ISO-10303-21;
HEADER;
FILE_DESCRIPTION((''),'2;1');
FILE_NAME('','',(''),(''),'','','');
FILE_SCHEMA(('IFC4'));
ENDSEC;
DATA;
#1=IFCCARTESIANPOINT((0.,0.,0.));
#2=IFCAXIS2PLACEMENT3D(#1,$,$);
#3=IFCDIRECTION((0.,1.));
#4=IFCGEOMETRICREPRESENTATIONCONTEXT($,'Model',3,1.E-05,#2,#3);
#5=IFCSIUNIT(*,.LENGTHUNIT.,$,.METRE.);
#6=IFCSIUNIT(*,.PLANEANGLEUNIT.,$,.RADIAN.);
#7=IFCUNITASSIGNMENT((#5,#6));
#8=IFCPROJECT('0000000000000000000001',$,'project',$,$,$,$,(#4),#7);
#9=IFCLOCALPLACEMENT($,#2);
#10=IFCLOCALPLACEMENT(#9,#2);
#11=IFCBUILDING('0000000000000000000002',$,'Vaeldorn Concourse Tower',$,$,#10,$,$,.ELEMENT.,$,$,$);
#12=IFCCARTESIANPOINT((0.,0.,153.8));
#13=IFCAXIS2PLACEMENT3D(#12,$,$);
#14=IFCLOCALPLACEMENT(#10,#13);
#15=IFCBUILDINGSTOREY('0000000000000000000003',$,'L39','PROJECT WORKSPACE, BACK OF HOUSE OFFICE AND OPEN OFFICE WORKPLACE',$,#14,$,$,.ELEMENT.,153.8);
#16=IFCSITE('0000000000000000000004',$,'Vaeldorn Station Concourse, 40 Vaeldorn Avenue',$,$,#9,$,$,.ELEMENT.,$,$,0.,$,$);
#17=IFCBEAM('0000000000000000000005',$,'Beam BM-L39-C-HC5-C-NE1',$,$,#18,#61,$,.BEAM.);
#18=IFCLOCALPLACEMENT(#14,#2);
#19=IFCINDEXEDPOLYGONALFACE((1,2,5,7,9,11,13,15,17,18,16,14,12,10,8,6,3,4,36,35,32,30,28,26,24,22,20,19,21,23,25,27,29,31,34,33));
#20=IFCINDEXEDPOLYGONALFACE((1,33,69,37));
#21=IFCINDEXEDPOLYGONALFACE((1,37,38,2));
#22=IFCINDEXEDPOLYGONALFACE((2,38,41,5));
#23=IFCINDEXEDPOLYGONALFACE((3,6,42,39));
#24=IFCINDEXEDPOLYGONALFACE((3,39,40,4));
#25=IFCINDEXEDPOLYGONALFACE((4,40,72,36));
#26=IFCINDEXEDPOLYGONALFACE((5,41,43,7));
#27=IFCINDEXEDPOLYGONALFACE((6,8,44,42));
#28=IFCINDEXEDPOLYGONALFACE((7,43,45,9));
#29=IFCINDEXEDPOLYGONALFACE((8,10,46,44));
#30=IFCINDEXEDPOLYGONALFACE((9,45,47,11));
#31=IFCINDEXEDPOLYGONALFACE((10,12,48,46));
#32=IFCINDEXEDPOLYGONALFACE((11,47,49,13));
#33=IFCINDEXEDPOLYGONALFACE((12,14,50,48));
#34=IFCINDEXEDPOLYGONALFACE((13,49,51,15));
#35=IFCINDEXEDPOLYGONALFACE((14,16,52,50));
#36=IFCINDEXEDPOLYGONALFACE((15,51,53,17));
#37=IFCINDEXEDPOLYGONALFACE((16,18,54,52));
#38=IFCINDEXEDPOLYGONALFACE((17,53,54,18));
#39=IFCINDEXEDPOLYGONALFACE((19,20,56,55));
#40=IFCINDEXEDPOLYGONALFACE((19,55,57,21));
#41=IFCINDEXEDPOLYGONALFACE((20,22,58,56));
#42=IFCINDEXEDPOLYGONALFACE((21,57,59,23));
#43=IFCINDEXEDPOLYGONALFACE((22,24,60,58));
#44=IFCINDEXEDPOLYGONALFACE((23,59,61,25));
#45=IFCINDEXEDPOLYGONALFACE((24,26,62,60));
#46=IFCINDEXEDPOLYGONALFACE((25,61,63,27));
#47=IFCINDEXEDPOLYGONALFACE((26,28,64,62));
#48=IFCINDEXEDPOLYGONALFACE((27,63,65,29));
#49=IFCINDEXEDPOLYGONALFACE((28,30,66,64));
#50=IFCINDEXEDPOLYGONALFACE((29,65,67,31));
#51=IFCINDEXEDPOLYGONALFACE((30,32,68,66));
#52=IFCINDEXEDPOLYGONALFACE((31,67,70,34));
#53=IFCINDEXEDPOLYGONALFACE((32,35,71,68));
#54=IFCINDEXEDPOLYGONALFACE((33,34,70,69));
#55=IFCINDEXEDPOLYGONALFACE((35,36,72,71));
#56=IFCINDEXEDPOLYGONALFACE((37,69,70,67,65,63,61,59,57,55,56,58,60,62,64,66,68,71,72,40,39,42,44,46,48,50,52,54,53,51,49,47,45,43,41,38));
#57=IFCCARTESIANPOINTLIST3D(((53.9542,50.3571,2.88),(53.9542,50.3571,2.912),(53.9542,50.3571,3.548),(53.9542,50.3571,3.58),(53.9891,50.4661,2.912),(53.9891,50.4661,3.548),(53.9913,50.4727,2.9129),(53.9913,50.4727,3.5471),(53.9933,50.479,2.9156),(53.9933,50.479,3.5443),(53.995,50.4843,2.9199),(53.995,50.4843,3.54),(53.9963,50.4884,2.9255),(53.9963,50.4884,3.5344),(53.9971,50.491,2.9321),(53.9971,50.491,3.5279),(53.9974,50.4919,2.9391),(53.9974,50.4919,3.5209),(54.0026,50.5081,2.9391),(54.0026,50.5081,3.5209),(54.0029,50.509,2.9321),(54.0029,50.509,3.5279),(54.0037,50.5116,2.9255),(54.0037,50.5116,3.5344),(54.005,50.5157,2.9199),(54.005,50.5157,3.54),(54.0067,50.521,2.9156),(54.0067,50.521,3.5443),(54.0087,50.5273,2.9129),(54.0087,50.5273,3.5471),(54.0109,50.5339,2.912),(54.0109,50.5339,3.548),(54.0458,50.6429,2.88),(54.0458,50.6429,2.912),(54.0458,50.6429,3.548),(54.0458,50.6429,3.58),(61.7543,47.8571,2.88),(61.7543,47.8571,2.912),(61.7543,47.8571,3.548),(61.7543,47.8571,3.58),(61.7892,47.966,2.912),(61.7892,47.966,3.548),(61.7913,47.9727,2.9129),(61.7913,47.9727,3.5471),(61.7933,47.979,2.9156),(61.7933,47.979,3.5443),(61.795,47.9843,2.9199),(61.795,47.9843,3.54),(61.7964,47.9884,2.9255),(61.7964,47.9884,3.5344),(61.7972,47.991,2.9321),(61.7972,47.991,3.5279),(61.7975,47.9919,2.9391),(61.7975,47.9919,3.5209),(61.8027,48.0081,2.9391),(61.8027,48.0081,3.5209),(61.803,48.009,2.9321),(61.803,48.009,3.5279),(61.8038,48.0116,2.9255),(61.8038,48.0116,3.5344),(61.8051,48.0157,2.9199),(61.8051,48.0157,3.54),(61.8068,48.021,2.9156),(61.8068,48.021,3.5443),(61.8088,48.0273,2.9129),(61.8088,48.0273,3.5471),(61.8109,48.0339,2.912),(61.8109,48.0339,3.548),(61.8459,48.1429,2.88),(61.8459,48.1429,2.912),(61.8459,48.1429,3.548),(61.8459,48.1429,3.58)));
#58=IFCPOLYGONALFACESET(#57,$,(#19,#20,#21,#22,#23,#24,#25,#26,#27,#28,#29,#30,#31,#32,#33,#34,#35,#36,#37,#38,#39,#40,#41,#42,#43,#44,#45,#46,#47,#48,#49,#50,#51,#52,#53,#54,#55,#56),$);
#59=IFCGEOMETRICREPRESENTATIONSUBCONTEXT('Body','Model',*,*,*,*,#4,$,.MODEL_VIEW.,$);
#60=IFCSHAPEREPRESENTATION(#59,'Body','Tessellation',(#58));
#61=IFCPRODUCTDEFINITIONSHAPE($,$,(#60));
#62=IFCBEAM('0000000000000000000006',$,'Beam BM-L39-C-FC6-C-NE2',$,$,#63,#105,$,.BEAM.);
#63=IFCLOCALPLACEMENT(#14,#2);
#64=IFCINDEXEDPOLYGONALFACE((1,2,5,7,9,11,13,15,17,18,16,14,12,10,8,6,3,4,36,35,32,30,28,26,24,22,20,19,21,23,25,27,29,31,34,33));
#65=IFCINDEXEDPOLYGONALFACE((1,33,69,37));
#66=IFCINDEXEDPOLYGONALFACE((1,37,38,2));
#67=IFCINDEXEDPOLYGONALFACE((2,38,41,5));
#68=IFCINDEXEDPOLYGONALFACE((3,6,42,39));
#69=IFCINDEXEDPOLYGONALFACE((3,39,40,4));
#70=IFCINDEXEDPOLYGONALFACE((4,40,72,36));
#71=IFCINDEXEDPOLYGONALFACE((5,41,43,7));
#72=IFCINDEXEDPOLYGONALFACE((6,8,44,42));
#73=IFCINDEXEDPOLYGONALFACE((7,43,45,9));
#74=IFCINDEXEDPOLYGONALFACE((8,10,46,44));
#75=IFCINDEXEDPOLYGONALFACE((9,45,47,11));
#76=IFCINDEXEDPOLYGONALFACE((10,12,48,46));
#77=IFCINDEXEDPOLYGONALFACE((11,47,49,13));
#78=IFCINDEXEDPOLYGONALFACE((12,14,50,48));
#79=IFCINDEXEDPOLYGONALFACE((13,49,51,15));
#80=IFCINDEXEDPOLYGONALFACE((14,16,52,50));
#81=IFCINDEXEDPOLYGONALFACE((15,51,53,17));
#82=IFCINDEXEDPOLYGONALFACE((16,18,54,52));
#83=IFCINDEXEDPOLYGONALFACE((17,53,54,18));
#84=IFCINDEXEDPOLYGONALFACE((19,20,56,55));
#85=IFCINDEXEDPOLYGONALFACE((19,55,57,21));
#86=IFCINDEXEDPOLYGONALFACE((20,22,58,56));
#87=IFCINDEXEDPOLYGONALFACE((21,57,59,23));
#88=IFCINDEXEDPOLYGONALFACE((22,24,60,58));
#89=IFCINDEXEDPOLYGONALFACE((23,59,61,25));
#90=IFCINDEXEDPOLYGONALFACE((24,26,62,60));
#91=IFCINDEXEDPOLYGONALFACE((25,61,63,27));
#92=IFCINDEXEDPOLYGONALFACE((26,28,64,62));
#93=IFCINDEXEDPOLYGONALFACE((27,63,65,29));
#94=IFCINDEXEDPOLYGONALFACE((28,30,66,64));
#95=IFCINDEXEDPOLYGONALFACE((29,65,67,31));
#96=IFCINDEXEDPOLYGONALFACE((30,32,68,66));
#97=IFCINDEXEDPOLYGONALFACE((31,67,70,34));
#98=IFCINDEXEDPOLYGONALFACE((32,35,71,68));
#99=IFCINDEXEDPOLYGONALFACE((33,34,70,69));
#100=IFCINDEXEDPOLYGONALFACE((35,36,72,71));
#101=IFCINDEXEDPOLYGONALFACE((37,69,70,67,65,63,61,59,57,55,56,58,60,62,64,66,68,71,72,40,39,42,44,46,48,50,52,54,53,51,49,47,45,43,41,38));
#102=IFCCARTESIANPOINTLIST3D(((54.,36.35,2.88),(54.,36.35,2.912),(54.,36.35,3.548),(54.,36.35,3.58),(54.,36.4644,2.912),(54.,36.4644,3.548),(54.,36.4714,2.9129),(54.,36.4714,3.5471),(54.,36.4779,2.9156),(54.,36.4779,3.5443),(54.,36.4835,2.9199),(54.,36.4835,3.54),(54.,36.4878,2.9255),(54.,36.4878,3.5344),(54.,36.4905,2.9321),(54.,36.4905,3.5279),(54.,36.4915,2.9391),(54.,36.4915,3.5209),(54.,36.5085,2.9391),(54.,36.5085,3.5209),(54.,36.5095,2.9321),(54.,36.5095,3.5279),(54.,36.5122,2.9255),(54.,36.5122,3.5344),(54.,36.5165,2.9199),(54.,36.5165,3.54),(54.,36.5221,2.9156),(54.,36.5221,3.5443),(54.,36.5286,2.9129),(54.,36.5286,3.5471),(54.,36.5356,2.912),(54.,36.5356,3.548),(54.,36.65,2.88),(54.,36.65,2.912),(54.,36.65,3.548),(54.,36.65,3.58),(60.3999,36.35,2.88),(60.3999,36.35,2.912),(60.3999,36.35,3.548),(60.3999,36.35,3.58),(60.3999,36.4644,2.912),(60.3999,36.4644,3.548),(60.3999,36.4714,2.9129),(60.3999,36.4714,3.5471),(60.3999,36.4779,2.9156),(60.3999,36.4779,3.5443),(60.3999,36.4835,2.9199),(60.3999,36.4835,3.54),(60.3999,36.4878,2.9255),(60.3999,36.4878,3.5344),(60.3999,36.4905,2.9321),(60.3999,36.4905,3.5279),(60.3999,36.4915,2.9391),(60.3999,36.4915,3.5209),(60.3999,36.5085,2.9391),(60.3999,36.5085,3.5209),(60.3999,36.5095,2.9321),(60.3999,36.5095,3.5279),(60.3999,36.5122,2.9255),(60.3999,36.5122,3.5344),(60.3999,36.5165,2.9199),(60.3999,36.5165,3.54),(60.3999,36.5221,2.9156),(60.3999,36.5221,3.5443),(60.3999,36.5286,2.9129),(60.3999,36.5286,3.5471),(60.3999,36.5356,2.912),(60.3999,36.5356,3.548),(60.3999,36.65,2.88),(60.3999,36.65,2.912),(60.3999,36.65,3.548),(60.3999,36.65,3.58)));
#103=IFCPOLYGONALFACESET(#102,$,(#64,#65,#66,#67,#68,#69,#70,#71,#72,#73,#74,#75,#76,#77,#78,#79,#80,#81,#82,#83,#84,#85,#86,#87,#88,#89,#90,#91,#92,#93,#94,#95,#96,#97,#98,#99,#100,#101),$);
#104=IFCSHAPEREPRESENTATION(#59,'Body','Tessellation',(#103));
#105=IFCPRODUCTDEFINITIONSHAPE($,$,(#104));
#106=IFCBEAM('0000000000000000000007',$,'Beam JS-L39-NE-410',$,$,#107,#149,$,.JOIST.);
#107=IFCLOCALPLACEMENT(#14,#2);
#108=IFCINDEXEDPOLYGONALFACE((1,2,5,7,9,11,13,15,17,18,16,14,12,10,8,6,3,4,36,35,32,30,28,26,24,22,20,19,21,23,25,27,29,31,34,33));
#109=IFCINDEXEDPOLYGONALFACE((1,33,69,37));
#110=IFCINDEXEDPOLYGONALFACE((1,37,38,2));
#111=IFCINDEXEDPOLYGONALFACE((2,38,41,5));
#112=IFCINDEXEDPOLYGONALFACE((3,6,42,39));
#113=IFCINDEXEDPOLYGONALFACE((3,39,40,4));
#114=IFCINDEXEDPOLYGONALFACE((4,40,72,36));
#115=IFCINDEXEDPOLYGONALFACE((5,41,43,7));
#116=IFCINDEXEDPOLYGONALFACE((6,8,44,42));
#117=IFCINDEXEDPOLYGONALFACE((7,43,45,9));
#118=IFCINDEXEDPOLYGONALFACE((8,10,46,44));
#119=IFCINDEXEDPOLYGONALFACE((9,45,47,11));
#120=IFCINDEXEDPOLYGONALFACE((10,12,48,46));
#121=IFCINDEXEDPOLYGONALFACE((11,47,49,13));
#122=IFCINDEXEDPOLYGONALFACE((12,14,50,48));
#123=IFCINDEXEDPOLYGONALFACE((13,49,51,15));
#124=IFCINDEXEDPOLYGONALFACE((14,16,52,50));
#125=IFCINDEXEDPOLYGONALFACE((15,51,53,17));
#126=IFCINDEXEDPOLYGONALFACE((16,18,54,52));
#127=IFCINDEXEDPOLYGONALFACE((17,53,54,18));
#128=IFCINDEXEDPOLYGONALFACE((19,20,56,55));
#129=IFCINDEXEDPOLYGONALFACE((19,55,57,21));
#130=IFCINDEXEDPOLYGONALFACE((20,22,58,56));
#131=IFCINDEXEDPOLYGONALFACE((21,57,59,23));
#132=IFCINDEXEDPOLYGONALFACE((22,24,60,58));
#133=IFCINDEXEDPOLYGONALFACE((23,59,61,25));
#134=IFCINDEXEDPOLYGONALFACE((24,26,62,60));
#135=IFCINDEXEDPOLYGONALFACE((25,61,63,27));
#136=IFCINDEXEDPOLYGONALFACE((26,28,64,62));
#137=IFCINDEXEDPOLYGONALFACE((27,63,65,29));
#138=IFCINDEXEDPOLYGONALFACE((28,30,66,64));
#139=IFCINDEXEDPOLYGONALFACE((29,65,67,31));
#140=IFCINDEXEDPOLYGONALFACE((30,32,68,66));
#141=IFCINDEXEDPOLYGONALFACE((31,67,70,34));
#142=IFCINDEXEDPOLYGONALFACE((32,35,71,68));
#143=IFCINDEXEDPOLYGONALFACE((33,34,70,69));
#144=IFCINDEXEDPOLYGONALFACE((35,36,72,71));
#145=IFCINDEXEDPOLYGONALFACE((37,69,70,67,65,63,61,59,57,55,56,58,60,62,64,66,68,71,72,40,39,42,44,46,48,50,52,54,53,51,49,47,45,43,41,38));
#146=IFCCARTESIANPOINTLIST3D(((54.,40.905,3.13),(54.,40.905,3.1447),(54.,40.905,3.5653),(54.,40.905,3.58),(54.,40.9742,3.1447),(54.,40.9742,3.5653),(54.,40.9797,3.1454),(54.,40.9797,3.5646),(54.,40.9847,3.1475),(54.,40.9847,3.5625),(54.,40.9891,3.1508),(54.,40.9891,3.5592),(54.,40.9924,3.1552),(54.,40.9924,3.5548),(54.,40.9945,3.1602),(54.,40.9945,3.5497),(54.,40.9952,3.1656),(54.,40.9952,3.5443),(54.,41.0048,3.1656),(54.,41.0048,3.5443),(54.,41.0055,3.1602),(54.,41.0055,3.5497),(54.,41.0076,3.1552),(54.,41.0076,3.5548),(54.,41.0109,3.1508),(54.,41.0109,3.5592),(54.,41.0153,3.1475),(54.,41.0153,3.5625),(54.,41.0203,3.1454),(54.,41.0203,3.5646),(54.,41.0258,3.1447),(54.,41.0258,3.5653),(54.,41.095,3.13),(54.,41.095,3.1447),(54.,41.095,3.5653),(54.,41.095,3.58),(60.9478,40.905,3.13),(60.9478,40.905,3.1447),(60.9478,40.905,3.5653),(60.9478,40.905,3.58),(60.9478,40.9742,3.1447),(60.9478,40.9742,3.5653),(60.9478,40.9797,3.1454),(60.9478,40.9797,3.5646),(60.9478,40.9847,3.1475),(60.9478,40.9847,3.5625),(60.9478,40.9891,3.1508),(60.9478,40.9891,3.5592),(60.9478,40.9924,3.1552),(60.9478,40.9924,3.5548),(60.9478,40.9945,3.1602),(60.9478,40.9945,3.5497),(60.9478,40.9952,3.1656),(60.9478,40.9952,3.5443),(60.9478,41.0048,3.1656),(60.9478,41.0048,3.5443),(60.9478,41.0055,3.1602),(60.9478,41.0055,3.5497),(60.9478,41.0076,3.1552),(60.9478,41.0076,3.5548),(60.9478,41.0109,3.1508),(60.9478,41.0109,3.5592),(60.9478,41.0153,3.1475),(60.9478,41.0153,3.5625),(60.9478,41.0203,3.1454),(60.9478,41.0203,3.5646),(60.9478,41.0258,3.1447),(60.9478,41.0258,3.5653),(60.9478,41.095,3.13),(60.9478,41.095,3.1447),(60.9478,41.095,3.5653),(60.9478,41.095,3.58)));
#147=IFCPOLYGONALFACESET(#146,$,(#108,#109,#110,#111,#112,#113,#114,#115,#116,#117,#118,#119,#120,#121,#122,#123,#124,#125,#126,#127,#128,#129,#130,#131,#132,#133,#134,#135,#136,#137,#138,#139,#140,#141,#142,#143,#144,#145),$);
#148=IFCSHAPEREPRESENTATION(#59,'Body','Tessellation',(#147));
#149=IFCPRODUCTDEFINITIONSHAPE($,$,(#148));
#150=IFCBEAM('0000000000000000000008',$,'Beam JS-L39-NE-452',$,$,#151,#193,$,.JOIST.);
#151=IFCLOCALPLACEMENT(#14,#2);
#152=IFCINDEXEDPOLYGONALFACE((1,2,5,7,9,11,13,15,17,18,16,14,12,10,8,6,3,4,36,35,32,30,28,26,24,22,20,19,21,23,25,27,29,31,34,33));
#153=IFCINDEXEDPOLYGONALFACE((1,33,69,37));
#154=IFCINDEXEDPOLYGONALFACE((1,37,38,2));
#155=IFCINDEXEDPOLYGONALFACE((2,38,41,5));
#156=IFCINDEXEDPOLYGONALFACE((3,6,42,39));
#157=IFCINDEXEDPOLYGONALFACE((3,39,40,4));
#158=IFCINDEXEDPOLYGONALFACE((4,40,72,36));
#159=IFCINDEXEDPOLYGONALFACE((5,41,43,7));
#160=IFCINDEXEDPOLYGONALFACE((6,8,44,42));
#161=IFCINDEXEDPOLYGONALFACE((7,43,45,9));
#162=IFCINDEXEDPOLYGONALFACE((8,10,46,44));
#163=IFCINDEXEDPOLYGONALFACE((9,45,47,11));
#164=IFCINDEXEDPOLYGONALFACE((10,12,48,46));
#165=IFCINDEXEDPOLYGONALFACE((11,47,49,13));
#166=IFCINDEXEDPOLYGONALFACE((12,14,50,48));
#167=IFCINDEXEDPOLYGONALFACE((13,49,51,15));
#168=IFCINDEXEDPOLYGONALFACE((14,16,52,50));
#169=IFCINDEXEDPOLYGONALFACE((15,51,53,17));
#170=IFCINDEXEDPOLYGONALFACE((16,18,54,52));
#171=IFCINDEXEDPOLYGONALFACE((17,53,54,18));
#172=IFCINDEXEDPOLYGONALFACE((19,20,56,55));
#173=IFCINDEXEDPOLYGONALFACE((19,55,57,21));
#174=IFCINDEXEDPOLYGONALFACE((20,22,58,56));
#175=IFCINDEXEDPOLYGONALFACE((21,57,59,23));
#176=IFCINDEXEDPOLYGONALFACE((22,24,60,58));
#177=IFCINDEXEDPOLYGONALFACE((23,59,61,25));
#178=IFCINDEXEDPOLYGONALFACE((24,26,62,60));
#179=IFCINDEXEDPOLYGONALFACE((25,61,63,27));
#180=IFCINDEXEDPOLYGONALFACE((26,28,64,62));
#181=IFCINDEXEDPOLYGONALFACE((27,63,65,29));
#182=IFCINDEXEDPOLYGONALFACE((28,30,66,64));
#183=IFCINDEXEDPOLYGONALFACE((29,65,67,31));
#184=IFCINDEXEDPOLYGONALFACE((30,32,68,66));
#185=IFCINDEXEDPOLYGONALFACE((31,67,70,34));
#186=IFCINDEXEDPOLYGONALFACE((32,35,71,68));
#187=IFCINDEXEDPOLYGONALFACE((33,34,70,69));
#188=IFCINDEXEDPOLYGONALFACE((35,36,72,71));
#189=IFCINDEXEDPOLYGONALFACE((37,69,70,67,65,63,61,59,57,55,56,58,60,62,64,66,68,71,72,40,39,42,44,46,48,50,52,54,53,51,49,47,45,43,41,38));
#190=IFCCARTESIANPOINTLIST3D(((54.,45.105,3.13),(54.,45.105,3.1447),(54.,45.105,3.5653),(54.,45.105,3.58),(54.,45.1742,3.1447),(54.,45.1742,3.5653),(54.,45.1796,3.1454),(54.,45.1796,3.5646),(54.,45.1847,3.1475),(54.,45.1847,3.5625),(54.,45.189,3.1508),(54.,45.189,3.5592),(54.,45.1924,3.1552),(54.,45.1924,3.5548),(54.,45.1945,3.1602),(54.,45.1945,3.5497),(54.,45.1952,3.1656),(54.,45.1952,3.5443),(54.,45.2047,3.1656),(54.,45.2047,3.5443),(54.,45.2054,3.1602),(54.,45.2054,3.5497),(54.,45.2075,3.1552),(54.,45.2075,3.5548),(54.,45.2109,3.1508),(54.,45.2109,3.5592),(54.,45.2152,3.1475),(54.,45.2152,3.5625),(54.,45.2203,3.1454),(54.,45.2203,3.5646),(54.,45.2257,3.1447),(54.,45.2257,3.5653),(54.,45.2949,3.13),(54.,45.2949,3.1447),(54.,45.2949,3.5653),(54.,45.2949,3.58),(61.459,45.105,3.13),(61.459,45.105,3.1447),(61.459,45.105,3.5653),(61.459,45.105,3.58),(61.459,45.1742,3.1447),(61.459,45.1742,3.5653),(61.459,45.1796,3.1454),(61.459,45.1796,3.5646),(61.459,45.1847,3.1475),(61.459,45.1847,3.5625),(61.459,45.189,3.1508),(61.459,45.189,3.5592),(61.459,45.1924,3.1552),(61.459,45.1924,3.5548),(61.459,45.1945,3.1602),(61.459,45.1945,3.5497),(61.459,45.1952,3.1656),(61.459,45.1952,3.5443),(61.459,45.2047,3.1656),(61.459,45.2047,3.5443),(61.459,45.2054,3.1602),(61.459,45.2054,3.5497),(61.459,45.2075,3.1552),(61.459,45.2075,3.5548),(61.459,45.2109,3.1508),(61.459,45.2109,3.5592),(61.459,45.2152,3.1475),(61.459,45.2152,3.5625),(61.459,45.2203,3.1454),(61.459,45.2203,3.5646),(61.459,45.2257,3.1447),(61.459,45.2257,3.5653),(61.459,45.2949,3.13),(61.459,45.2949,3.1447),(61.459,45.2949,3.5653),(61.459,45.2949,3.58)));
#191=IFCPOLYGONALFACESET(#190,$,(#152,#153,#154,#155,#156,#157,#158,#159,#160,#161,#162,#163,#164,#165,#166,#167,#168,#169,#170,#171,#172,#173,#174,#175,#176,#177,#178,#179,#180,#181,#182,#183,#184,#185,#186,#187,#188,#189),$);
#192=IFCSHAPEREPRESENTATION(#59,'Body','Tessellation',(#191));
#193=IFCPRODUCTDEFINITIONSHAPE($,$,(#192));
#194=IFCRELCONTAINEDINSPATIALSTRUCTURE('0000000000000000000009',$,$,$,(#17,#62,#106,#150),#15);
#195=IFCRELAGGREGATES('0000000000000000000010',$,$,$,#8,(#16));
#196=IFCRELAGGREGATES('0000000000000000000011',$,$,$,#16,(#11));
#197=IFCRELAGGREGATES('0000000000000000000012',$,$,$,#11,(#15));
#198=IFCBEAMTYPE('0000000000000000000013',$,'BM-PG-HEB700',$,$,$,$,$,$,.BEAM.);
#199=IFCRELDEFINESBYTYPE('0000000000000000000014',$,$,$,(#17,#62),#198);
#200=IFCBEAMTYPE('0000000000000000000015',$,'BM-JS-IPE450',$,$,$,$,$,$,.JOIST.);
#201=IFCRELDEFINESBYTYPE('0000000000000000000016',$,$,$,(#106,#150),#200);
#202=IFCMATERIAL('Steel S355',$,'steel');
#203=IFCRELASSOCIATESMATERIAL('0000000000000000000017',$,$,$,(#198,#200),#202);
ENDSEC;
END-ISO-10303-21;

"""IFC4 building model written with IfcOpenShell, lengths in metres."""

from ifc_helpers import new_model, si_unit, direction, frame, origin, origin_2d, place, context, subcontext, project, spatial, i_section, extrude, source, transform, mapped, material, material_profile, profile_set, type_object, element, save


model = new_model("IFC4")

# Units and contexts
model_context = context("Model", 3, precision=1e-05, world=origin(), true_north=direction((0.0, 1.0)))
body_context = subcontext(model_context, "Body", "Model", "MODEL_VIEW")
ifc_project = project(units=[si_unit("LENGTHUNIT", "METRE"), si_unit("PLANEANGLEUNIT", "RADIAN")], contexts=[model_context])

# Site, building, storey
site_placement = place(None, origin())
site = spatial("IfcSite", under=ifc_project, at=site_placement, Name="Vaeldorn Station Concourse, 40 Vaeldorn Avenue", CompositionType="ELEMENT", RefElevation=0.0)
building_placement = place(site_placement, origin())
building = spatial("IfcBuilding", under=site, at=building_placement, Name="Vaeldorn Concourse Tower", CompositionType="ELEMENT")
storey_placement = place(building_placement, frame((0.0, 0.0, 153.8)))
storey = spatial("IfcBuildingStorey", under=building, at=storey_placement, Name="L39", Description="PROJECT WORKSPACE, BACK OF HOUSE OFFICE AND OPEN OFFICE WORKPLACE", CompositionType="ELEMENT", Elevation=153.8)

# Beams
ifc_material_1 = material(Name="Steel S355", Category="steel")
ifc_material_profile_1 = material_profile(ifc_material_1, i_section(OverallWidth=0.3, OverallDepth=0.7, WebThickness=0.0171, FlangeThickness=0.032, FilletRadius=0.0271, at=origin_2d()), Name="HEB 700")
ifc_profile_set_1 = profile_set([ifc_material_profile_1], Name="Steel S355")
beam_type_1 = type_object("IfcBeamType", Name="BM-PG-HEB700", PredefinedType="BEAM", material=ifc_profile_set_1)
shared_shape_1 = source(origin(), body_context, "Body", "SweptSolid", [
    extrude(i_section(OverallWidth=0.3, OverallDepth=0.7, WebThickness=0.0171, FlangeThickness=0.032, FilletRadius=0.0271, at=origin_2d()), origin(), (0.0, 0.0, 1.0), 8.1909),
])
beam_1_placement = place(storey_placement, frame((54.0, 50.5, 3.23), z_axis=(0.952283, -0.305217, 0.0), x_axis=(0.305217, 0.952283, 0.0)))
element("IfcBeam", 1, at=beam_1_placement, inside=storey, type_object=beam_type_1, Name="Beam BM-L39-C-HC5-C-NE1", PredefinedType="BEAM", context=body_context, shape_type="MappedRepresentation", body=[
    mapped(shared_shape_1, transform((0.0, 0.0, 0.0), scale=1.0)),
])
shared_shape_2 = source(origin(), body_context, "Body", "SweptSolid", [
    extrude(i_section(OverallWidth=0.3, OverallDepth=0.7, WebThickness=0.0171, FlangeThickness=0.032, FilletRadius=0.0271, at=origin_2d()), origin(), (0.0, 0.0, 1.0), 6.3999),
])
beam_2_placement = place(storey_placement, frame((54.0, 36.5, 3.23), z_axis=(1.0, 0.0, 0.0), x_axis=(0.0, 1.0, 0.0)))
element("IfcBeam", 2, at=beam_2_placement, inside=storey, type_object=beam_type_1, Name="Beam BM-L39-C-FC6-C-NE2", PredefinedType="BEAM", context=body_context, shape_type="MappedRepresentation", body=[
    mapped(shared_shape_2, transform((0.0, 0.0, 0.0), scale=1.0)),
])
ifc_material_profile_2 = material_profile(ifc_material_1, i_section(OverallWidth=0.1899, OverallDepth=0.45, WebThickness=0.0095, FlangeThickness=0.0146, FilletRadius=0.021, at=origin_2d()), Name="IPE 450")
ifc_profile_set_2 = profile_set([ifc_material_profile_2], Name="Steel S355")
beam_type_2 = type_object("IfcBeamType", Name="BM-JS-IPE450", PredefinedType="JOIST", material=ifc_profile_set_2)
shared_shape_3 = source(origin(), body_context, "Body", "SweptSolid", [
    extrude(i_section(OverallWidth=0.1899, OverallDepth=0.45, WebThickness=0.0095, FlangeThickness=0.0146, FilletRadius=0.021, at=origin_2d()), origin(), (0.0, 0.0, 1.0), 6.9478),
])
beam_3_placement = place(storey_placement, frame((54.0, 41.0, 3.355), z_axis=(1.0, 0.0, 0.0), x_axis=(0.0, 1.0, 0.0)))
element("IfcBeam", 3, at=beam_3_placement, inside=storey, type_object=beam_type_2, Name="Beam JS-L39-NE-410", PredefinedType="JOIST", context=body_context, shape_type="MappedRepresentation", body=[
    mapped(shared_shape_3, transform((0.0, 0.0, 0.0), scale=1.0)),
])
shared_shape_4 = source(origin(), body_context, "Body", "SweptSolid", [
    extrude(i_section(OverallWidth=0.1899, OverallDepth=0.45, WebThickness=0.0095, FlangeThickness=0.0146, FilletRadius=0.021, at=origin_2d()), origin(), (0.0, 0.0, 1.0), 7.459),
])
beam_4_placement = place(storey_placement, frame((54.0, 45.2, 3.355), z_axis=(1.0, 0.0, 0.0), x_axis=(0.0, 1.0, 0.0)))
element("IfcBeam", 4, at=beam_4_placement, inside=storey, type_object=beam_type_2, Name="Beam JS-L39-NE-452", PredefinedType="JOIST", context=body_context, shape_type="MappedRepresentation", body=[
    mapped(shared_shape_4, transform((0.0, 0.0, 0.0), scale=1.0)),
])

save(model, "model.ifc")
